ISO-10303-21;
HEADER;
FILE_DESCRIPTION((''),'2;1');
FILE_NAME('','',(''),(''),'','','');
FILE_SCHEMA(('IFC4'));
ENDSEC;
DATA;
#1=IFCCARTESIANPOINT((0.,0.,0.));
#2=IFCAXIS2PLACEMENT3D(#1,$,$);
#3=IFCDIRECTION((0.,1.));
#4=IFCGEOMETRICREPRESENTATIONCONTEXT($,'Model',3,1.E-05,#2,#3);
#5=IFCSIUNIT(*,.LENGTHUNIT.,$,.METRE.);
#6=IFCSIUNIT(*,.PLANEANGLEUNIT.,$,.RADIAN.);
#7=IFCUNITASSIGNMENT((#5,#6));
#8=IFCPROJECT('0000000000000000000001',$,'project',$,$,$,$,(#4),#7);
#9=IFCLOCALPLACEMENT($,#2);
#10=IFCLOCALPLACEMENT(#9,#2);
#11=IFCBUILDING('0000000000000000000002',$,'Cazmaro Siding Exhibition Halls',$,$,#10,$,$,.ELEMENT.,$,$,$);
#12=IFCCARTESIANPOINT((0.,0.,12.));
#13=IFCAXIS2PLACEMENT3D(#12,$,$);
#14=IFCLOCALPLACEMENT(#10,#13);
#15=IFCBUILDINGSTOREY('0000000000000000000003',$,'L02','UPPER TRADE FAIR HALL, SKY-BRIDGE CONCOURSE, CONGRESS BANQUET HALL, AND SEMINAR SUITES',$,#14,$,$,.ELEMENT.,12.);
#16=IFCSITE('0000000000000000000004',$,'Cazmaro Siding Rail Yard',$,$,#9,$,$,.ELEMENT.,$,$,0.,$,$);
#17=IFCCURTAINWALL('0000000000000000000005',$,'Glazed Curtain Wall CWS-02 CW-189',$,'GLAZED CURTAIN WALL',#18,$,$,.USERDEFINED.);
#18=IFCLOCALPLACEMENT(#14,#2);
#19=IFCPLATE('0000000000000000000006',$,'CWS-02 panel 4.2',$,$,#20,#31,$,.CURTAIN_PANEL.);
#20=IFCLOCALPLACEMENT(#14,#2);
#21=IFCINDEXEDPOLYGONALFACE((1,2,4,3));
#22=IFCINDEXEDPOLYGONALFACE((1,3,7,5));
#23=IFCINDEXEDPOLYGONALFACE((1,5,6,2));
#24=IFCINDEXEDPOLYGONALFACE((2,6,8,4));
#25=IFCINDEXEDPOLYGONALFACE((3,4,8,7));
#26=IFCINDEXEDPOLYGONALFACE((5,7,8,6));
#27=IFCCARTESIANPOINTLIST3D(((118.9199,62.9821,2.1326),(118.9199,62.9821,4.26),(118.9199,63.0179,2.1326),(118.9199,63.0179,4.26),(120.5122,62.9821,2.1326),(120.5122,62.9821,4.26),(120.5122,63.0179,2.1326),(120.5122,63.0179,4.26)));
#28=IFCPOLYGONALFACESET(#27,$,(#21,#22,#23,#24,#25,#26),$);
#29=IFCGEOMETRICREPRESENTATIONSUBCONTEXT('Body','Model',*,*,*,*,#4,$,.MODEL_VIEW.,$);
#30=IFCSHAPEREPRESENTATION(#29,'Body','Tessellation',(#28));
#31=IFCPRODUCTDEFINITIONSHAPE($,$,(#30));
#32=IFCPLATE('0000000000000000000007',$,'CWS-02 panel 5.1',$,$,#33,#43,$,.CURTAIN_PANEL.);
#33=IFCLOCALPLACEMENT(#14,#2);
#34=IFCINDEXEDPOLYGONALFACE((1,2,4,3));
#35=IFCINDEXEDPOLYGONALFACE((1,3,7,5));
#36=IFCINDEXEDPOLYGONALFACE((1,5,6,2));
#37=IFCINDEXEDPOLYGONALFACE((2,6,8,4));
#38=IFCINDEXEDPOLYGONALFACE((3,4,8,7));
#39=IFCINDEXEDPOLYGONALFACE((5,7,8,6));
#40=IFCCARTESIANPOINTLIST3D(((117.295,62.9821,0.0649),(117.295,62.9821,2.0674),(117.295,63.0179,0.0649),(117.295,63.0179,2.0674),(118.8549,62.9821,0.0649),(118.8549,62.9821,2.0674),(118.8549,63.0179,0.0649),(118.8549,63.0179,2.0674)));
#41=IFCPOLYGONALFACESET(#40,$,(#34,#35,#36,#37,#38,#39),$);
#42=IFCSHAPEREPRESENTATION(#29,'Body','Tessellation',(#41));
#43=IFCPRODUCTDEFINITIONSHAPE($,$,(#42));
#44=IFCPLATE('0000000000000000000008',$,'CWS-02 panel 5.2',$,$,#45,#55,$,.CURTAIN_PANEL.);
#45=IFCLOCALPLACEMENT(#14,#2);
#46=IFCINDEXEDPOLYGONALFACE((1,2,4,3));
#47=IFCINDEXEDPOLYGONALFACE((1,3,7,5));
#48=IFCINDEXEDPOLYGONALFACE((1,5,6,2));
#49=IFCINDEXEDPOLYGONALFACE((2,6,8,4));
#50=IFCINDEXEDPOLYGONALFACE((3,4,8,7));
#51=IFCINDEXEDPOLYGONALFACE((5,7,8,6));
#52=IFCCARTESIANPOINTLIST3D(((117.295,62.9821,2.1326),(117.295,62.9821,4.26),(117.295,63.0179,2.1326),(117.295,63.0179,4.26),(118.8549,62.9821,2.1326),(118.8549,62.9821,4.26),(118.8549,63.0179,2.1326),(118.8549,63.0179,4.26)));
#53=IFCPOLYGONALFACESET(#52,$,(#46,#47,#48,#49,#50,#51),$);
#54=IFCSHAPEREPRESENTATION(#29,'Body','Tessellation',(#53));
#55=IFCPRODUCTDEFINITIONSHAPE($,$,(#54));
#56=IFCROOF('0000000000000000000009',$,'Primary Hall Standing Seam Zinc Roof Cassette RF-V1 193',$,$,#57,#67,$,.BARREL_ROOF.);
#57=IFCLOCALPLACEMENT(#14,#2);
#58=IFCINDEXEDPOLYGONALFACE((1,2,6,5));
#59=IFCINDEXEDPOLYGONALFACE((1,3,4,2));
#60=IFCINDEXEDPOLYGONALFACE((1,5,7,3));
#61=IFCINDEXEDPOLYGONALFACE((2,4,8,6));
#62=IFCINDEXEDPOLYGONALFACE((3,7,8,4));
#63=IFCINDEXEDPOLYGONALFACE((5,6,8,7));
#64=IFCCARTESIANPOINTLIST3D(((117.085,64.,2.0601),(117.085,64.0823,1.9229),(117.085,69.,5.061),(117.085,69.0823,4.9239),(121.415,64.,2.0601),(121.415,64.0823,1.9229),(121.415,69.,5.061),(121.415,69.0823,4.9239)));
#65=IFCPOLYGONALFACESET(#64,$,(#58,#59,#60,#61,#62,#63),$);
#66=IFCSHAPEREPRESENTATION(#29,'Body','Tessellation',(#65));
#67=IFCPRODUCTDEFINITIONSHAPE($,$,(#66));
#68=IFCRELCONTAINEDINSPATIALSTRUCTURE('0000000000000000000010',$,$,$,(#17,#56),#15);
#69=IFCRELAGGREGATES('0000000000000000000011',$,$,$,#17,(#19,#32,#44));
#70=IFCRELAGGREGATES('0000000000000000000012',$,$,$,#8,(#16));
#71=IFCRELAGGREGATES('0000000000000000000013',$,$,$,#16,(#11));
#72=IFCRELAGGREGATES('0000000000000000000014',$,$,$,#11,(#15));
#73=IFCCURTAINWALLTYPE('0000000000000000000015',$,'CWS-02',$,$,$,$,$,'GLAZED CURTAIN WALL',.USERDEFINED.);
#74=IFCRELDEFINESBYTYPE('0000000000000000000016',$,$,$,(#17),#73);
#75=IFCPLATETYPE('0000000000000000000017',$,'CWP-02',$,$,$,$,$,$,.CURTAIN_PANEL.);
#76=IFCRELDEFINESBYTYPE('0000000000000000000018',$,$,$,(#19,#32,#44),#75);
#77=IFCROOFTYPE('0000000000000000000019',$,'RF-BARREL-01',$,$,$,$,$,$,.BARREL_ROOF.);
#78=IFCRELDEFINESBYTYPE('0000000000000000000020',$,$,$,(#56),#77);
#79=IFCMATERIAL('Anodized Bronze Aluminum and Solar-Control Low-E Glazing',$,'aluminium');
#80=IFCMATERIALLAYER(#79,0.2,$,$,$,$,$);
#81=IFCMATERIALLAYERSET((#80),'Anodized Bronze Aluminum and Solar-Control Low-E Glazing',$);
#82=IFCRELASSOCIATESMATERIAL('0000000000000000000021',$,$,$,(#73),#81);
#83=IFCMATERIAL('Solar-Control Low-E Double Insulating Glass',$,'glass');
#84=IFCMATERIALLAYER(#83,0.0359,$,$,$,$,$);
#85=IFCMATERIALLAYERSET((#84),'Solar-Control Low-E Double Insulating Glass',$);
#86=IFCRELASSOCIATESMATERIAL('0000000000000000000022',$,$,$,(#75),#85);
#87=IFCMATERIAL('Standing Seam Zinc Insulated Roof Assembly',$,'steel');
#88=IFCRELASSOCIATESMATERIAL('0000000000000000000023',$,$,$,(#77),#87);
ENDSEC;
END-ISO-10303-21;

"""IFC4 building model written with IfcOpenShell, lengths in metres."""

from ifc_helpers import new_model, si_unit, direction, frame, origin, origin_2d, place, context, subcontext, project, spatial, polyline, rectangle, outline, extrude, material, layer, layer_set, type_object, element, aggregate, save


model = new_model("IFC4")

# Units and contexts
model_context = context("Model", 3, precision=1e-05, world=origin(), true_north=direction((0.0, 1.0)))
body_context = subcontext(model_context, "Body", "Model", "MODEL_VIEW")
ifc_project = project(units=[si_unit("LENGTHUNIT", "METRE"), si_unit("PLANEANGLEUNIT", "RADIAN")], contexts=[model_context])

# Site, building, storey
site_placement = place(None, origin())
site = spatial("IfcSite", under=ifc_project, at=site_placement, Name="Cazmaro Siding Rail Yard", CompositionType="ELEMENT", RefElevation=0.0)
building_placement = place(site_placement, origin())
building = spatial("IfcBuilding", under=site, at=building_placement, Name="Cazmaro Siding Exhibition Halls", CompositionType="ELEMENT")
storey_placement = place(building_placement, frame((0.0, 0.0, 12.0)))
storey = spatial("IfcBuildingStorey", under=building, at=storey_placement, Name="L02", Description="UPPER TRADE FAIR HALL, SKY-BRIDGE CONCOURSE, CONGRESS BANQUET HALL, AND SEMINAR SUITES", CompositionType="ELEMENT", Elevation=12.0)

# Curtain wall
ifc_material_1 = material(Name="Anodized Bronze Aluminum and Solar-Control Low-E Glazing", Category="aluminium")
ifc_layer_1 = layer(ifc_material_1, 0.2)
ifc_layer_set_1 = layer_set([ifc_layer_1], Name="Anodized Bronze Aluminum and Solar-Control Low-E Glazing")
curtain_wall_type_1 = type_object("IfcCurtainWallType", Name="CWS-02", ElementType="GLAZED CURTAIN WALL", PredefinedType="USERDEFINED", material=ifc_layer_set_1)
curtain_wall_1_placement = place(storey_placement, origin())
curtain_wall_1 = element("IfcCurtainWall", 1, at=curtain_wall_1_placement, inside=storey, type_object=curtain_wall_type_1, Name="Glazed Curtain Wall CWS-02 CW-189", ObjectType="GLAZED CURTAIN WALL", PredefinedType="USERDEFINED")

# Plates
ifc_material_2 = material(Name="Solar-Control Low-E Double Insulating Glass", Category="glass")
ifc_layer_2 = layer(ifc_material_2, 0.0359)
ifc_layer_set_2 = layer_set([ifc_layer_2], Name="Solar-Control Low-E Double Insulating Glass")
plate_type_1 = type_object("IfcPlateType", Name="CWP-02", PredefinedType="CURTAIN_PANEL", material=ifc_layer_set_2)
plate_1_placement = place(storey_placement, frame((119.7161, 63.0, 2.1326), z_axis=(0.0, 0.0, 1.0), x_axis=(-1.0, 0.0, 0.0)))
plate_1 = element("IfcPlate", 2, at=plate_1_placement, type_object=plate_type_1, Name="CWS-02 panel 4.2", PredefinedType="CURTAIN_PANEL", context=body_context, shape_type="SweptSolid", body=[
    extrude(rectangle(XDim=1.5923, YDim=0.0359, at=origin_2d()), origin(), (0.0, 0.0, 1.0), 2.1274),
])
plate_2_placement = place(storey_placement, frame((118.075, 63.0, 0.0649), z_axis=(0.0, 0.0, 1.0), x_axis=(-1.0, 0.0, 0.0)))
plate_2 = element("IfcPlate", 3, at=plate_2_placement, type_object=plate_type_1, Name="CWS-02 panel 5.1", PredefinedType="CURTAIN_PANEL", context=body_context, shape_type="SweptSolid", body=[
    extrude(rectangle(XDim=1.5598, YDim=0.0359, at=origin_2d()), origin(), (0.0, 0.0, 1.0), 2.0024),
])
plate_3_placement = place(storey_placement, frame((118.075, 63.0, 2.1326), z_axis=(0.0, 0.0, 1.0), x_axis=(-1.0, 0.0, 0.0)))
plate_3 = element("IfcPlate", 4, at=plate_3_placement, type_object=plate_type_1, Name="CWS-02 panel 5.2", PredefinedType="CURTAIN_PANEL", context=body_context, shape_type="SweptSolid", body=[
    extrude(rectangle(XDim=1.5598, YDim=0.0359, at=origin_2d()), origin(), (0.0, 0.0, 1.0), 2.1274),
])
aggregate(curtain_wall_1, [plate_1, plate_2, plate_3])

# Roof
ifc_material_3 = material(Name="Standing Seam Zinc Insulated Roof Assembly", Category="steel")
roof_type = type_object("IfcRoofType", Name="RF-BARREL-01", PredefinedType="BARREL_ROOF", material=ifc_material_3)
roof_placement = place(storey_placement, frame((117.085, 64.0, 2.0601), z_axis=(0.0, -0.514619, 0.857419), x_axis=(1.0, 0.0, 0.0)))
element("IfcRoof", 5, at=roof_placement, inside=storey, type_object=roof_type, Name="Primary Hall Standing Seam Zinc Roof Cassette RF-V1 193", PredefinedType="BARREL_ROOF", context=body_context, shape_type="SweptSolid", body=[
    extrude(outline(polyline([(0.0, 0.0), (4.3301, 0.0), (4.3301, 5.8315), (0.0, 5.8315), (0.0, 0.0)])), origin(), (0.0, 0.0, -1.0), 0.1599),
])

save(model, "model.ifc")
